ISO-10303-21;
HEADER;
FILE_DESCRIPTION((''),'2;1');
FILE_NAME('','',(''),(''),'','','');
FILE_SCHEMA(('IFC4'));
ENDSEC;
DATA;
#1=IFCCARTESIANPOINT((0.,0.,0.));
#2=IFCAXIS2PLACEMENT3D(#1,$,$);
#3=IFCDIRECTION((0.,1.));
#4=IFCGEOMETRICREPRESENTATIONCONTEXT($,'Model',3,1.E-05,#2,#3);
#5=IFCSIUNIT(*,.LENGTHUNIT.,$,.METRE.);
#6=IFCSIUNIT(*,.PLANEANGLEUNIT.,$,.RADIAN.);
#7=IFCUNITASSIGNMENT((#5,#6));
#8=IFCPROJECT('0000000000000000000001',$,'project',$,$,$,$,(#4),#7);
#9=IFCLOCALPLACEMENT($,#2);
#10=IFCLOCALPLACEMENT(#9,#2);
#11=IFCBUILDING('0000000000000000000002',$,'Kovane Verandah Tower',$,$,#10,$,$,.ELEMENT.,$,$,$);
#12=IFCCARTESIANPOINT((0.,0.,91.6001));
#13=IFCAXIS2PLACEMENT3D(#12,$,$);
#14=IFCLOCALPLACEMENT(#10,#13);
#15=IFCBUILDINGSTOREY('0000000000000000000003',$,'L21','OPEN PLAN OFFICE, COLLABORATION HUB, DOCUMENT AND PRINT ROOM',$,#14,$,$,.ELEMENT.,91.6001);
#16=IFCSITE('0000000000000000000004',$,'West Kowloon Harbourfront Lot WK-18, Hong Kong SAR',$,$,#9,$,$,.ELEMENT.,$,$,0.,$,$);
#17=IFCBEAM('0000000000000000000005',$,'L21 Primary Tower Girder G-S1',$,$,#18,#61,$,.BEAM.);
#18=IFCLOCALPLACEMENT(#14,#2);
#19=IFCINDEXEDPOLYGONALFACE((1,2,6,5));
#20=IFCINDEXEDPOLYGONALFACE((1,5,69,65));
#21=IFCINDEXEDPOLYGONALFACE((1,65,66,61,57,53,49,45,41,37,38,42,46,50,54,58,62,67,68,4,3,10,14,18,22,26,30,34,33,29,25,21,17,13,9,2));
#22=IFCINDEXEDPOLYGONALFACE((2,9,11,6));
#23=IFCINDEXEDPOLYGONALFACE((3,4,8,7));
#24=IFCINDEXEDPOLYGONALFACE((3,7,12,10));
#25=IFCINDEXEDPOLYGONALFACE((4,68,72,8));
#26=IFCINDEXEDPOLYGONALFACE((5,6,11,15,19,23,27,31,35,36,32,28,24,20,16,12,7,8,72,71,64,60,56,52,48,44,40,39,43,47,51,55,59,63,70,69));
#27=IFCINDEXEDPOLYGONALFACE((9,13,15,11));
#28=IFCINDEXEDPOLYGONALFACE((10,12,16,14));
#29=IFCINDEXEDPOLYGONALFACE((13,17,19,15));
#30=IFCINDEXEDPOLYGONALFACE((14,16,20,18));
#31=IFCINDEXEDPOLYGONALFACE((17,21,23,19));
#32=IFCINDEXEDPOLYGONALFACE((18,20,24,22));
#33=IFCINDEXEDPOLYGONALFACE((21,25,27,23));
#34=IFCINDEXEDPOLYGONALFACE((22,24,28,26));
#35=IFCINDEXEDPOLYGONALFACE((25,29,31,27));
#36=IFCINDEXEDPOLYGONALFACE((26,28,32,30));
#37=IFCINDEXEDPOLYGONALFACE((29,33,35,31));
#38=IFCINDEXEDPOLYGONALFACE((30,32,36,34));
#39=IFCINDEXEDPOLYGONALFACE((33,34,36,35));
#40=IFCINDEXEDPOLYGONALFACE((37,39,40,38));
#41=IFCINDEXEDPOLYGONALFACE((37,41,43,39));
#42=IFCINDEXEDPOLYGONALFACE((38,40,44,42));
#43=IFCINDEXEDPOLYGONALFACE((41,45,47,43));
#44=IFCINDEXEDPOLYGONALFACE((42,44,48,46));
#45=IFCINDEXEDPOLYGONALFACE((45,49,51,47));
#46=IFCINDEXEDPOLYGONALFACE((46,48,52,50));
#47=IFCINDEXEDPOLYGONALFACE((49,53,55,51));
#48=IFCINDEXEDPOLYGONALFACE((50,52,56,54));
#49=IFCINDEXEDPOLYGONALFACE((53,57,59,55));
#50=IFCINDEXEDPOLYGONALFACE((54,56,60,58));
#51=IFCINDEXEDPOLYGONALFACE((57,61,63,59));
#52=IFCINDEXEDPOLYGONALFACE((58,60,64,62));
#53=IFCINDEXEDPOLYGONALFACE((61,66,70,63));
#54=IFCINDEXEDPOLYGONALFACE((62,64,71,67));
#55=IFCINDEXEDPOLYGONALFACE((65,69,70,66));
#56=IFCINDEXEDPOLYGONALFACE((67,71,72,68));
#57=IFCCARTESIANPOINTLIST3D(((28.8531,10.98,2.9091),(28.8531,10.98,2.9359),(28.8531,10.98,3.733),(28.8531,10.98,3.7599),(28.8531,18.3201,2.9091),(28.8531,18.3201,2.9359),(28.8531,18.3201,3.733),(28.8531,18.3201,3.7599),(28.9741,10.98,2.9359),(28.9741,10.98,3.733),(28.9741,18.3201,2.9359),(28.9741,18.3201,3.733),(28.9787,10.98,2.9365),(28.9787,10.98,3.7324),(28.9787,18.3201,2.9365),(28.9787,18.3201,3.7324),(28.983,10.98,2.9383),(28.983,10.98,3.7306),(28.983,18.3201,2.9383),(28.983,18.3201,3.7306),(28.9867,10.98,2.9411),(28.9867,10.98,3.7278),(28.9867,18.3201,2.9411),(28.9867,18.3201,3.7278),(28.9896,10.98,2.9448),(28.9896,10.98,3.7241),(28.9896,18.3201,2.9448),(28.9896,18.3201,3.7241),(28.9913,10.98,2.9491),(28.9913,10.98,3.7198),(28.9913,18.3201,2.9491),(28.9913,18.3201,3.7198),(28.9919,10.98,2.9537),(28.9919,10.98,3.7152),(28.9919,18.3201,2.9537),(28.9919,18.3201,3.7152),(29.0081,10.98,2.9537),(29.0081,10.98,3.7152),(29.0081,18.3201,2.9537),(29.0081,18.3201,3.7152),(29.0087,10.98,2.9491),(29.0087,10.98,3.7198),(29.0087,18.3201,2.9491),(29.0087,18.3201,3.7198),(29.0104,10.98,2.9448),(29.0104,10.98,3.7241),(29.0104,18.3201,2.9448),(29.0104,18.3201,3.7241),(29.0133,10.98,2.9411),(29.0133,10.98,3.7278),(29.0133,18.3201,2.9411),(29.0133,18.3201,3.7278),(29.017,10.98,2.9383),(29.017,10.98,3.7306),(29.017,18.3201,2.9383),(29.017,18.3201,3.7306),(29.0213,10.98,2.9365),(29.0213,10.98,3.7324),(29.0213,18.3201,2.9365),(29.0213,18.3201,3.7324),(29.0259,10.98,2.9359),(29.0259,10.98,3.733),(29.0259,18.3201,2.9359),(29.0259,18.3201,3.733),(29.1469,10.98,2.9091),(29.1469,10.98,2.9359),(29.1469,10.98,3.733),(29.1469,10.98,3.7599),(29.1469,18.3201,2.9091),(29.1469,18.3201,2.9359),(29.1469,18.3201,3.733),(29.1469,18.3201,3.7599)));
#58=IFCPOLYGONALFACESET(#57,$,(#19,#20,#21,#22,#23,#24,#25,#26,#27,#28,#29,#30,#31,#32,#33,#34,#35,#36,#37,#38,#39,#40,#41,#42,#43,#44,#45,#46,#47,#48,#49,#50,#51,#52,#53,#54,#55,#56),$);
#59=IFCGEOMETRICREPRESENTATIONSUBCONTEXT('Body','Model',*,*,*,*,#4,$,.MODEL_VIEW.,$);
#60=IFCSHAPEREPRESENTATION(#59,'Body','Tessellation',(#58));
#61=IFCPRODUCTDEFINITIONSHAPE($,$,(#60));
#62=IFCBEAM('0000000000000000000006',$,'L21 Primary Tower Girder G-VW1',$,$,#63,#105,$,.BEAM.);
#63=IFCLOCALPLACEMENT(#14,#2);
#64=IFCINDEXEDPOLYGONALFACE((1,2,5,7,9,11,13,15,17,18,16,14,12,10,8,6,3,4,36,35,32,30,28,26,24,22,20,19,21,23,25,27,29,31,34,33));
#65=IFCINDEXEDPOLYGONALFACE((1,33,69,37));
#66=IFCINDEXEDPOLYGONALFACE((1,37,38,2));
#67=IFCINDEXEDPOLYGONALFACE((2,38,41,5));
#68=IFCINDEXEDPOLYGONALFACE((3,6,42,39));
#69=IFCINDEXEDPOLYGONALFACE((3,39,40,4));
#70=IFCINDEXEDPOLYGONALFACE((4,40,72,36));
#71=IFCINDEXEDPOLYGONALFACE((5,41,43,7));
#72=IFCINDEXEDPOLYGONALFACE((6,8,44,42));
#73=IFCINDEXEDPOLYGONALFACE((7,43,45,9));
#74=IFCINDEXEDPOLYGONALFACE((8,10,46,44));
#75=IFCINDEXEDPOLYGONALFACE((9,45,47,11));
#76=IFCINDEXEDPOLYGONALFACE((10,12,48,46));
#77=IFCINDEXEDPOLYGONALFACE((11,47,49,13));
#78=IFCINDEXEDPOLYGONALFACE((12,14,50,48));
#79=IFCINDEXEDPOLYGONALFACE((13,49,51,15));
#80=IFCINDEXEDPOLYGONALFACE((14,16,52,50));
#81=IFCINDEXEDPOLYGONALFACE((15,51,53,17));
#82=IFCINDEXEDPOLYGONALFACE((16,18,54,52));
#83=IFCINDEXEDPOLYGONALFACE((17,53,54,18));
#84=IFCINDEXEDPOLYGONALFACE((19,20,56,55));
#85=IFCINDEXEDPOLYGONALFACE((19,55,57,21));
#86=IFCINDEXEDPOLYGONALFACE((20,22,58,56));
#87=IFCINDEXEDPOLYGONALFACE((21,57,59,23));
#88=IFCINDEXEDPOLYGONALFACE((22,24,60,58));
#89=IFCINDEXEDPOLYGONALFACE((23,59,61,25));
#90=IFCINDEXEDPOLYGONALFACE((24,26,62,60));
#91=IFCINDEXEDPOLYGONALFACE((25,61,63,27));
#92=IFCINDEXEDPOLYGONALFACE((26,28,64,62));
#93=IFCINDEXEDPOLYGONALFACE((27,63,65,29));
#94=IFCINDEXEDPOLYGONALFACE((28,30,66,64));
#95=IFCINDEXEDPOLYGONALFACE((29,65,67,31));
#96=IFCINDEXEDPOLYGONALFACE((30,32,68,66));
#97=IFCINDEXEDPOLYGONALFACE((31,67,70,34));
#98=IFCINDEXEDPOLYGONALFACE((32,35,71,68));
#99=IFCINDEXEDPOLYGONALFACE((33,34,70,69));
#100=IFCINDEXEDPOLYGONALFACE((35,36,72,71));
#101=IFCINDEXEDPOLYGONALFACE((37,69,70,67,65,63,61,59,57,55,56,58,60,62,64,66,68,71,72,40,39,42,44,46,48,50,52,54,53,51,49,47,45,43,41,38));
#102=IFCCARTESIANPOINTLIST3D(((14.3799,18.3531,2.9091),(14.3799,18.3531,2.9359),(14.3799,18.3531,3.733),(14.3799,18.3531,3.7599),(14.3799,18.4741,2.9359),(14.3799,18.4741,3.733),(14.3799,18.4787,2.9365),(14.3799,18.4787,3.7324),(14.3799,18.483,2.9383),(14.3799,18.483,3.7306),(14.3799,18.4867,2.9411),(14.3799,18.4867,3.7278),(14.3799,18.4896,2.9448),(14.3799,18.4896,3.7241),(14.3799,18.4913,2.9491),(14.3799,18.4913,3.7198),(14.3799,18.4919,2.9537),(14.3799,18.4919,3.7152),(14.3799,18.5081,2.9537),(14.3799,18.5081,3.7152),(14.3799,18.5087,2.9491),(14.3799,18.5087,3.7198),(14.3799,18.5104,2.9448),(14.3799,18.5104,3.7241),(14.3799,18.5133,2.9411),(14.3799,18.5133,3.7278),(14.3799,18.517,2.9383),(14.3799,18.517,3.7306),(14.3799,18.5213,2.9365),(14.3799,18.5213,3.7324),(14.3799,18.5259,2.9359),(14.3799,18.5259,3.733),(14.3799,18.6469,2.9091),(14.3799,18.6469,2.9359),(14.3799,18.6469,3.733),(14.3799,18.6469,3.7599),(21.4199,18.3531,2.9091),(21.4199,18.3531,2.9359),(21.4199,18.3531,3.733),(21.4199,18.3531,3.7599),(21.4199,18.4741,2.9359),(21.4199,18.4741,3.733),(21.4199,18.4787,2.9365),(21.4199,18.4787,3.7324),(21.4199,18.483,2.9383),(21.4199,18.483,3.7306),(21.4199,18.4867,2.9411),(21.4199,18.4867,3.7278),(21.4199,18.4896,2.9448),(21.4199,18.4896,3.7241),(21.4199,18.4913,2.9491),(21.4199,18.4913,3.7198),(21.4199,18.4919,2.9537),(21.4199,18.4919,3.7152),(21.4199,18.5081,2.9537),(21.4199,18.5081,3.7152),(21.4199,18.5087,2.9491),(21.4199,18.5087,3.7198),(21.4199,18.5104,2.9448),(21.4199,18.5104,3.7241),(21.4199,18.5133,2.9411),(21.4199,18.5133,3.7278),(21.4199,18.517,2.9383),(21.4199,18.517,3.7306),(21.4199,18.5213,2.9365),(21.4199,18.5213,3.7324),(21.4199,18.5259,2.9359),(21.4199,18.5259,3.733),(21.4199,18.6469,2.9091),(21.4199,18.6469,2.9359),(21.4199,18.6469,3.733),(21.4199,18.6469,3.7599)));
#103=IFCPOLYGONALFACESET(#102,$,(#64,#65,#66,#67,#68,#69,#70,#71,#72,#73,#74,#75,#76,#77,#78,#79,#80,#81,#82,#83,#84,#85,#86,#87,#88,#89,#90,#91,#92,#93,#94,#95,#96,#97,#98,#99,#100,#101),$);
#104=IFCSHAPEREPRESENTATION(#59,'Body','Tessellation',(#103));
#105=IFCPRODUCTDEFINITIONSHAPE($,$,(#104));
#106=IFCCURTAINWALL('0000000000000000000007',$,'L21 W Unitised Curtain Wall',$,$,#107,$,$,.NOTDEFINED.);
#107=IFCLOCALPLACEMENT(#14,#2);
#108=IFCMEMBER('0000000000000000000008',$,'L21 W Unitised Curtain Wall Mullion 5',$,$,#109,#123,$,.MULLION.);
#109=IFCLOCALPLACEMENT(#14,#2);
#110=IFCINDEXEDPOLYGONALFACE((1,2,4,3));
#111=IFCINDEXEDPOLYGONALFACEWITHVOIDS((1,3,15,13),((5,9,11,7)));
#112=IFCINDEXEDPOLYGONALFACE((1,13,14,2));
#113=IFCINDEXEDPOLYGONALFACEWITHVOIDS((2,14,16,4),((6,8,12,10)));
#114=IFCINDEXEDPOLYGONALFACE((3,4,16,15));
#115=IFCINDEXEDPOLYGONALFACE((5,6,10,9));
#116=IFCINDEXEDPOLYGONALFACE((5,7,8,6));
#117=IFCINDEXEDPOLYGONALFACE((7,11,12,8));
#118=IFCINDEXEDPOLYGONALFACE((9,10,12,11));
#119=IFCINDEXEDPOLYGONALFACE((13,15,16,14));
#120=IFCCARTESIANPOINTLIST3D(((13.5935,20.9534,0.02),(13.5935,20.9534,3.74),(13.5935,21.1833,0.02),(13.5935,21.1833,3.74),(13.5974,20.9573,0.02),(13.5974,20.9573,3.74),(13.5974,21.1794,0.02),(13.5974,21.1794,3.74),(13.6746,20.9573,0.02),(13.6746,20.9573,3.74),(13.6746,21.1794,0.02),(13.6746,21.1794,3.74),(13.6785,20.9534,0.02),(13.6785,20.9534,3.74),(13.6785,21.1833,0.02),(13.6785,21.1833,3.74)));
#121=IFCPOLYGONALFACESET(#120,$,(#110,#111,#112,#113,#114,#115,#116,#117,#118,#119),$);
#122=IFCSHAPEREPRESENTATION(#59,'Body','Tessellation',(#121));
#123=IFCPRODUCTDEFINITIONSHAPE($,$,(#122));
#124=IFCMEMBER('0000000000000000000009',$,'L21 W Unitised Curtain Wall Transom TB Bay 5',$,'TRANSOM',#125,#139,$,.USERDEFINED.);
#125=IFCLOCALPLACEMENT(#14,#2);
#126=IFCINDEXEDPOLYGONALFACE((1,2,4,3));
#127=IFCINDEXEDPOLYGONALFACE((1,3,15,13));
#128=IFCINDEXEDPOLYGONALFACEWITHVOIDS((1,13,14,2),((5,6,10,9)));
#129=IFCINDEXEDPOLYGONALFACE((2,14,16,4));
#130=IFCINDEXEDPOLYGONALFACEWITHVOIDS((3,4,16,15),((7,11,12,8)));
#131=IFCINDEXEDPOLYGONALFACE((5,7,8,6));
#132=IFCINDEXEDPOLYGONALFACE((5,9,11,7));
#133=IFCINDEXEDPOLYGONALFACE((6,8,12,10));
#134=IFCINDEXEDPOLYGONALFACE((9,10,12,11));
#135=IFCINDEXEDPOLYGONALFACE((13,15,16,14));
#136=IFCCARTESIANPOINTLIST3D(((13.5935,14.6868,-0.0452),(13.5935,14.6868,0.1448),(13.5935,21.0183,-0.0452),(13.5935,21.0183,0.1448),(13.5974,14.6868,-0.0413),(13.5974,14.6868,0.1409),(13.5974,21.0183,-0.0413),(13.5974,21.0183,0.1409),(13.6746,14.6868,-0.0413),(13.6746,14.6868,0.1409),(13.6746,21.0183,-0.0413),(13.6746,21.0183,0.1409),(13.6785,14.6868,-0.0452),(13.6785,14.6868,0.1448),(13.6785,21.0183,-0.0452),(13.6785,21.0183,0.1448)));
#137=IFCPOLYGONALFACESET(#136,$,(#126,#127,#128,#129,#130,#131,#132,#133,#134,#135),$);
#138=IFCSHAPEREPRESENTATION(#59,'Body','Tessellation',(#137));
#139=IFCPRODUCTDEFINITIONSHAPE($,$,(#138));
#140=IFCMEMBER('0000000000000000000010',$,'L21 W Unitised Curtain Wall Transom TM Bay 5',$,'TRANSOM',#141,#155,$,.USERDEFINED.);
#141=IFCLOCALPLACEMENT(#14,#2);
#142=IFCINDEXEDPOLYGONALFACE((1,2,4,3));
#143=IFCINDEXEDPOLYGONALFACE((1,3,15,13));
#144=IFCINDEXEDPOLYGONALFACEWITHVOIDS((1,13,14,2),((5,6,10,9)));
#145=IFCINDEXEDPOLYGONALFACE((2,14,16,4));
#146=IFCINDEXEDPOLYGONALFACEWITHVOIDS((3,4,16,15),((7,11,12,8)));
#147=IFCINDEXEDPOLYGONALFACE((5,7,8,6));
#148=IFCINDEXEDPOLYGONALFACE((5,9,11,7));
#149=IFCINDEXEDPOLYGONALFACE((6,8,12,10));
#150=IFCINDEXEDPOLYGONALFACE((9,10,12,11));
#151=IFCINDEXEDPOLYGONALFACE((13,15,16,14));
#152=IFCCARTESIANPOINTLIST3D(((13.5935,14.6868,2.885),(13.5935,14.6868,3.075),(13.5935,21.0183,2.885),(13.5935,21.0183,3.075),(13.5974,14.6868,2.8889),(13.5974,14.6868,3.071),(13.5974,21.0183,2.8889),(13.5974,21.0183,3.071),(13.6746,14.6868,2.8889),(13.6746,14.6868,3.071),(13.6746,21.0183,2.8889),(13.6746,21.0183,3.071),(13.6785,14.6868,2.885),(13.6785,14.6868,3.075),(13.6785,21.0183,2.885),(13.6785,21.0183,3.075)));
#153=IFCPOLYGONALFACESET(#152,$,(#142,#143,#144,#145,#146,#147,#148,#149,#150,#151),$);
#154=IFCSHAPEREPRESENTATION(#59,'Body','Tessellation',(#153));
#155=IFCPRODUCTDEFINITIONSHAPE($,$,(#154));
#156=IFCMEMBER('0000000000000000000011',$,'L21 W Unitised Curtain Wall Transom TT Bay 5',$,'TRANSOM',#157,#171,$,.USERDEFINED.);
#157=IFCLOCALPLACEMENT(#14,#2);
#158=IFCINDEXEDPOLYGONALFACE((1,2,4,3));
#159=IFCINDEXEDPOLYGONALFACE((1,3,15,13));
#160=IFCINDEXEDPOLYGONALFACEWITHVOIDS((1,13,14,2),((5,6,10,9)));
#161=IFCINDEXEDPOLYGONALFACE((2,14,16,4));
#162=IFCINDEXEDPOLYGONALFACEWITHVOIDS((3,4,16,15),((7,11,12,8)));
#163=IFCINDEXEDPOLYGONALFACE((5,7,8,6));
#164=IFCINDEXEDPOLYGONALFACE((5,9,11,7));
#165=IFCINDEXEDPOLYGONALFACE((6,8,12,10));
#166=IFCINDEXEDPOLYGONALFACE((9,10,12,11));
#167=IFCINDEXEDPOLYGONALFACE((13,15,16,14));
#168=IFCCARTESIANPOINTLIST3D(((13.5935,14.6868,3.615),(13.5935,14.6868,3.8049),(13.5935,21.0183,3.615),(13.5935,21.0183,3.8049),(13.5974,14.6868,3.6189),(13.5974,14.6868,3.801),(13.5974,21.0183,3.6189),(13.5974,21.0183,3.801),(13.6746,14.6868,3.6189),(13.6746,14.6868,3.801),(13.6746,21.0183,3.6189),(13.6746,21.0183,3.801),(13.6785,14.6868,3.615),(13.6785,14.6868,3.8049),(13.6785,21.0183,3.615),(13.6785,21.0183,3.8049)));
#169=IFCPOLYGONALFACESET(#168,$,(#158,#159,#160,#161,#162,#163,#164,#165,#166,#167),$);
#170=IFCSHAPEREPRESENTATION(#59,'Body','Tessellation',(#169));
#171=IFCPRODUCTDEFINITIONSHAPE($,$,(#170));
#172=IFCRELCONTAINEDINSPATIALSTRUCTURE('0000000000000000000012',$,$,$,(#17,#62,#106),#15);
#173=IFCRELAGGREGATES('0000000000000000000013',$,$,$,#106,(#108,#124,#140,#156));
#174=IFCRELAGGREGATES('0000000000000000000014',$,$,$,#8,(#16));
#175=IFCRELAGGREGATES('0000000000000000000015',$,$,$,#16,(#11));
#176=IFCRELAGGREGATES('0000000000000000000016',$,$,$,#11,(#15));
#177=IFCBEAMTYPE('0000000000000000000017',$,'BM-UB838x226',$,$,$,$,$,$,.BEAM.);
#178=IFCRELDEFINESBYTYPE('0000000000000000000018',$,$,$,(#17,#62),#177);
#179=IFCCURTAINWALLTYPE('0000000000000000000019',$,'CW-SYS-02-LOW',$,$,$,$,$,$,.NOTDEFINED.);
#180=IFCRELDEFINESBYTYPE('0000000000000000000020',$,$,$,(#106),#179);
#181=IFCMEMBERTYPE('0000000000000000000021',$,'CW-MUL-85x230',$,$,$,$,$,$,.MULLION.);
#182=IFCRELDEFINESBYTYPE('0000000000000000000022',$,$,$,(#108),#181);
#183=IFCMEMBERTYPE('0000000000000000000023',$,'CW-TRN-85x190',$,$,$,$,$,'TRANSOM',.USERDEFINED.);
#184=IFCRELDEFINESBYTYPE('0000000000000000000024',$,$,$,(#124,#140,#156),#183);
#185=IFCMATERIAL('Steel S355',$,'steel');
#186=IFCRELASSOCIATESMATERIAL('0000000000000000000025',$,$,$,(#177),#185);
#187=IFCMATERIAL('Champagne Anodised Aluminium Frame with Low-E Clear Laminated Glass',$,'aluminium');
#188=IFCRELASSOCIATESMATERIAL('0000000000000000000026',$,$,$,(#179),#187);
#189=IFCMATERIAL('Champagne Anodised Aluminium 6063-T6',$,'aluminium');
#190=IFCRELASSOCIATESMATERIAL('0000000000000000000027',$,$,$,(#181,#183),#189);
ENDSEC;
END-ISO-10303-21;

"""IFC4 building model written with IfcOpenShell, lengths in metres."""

from ifc_helpers import new_model, si_unit, direction, frame, origin, origin_2d, place, context, subcontext, project, spatial, hollow_rectangle, i_section, extrude, material, material_profile, profile_set, type_object, element, aggregate, save


model = new_model("IFC4")

# Units and contexts
model_context = context("Model", 3, precision=1e-05, world=origin(), true_north=direction((0.0, 1.0)))
body_context = subcontext(model_context, "Body", "Model", "MODEL_VIEW")
ifc_project = project(units=[si_unit("LENGTHUNIT", "METRE"), si_unit("PLANEANGLEUNIT", "RADIAN")], contexts=[model_context])

# Site, building, storey
site_placement = place(None, origin())
site = spatial("IfcSite", under=ifc_project, at=site_placement, Name="West Kowloon Harbourfront Lot WK-18, Hong Kong SAR", CompositionType="ELEMENT", RefElevation=0.0)
building_placement = place(site_placement, origin())
building = spatial("IfcBuilding", under=site, at=building_placement, Name="Kovane Verandah Tower", CompositionType="ELEMENT")
storey_placement = place(building_placement, frame((0.0, 0.0, 91.6001)))
storey = spatial("IfcBuildingStorey", under=building, at=storey_placement, Name="L21", Description="OPEN PLAN OFFICE, COLLABORATION HUB, DOCUMENT AND PRINT ROOM", CompositionType="ELEMENT", Elevation=91.6001)

# Beams
ifc_material_1 = material(Name="Steel S355", Category="steel")
ifc_material_profile_1 = material_profile(ifc_material_1, i_section(OverallWidth=0.2937, OverallDepth=0.8508, WebThickness=0.0161, FlangeThickness=0.0269, FilletRadius=0.0178, at=origin_2d()), Name="UB838x292x226")
ifc_profile_set_1 = profile_set([ifc_material_profile_1], Name="Steel S355")
beam_type_1 = type_object("IfcBeamType", Name="BM-UB838x226", PredefinedType="BEAM", material=ifc_profile_set_1)
beam_1_placement = place(storey_placement, frame((29.0, 18.3201, 3.3345), z_axis=(0.0, -1.0, 0.0), x_axis=(1.0, 0.0, 0.0)))
element("IfcBeam", 1, at=beam_1_placement, inside=storey, type_object=beam_type_1, Name="L21 Primary Tower Girder G-S1", PredefinedType="BEAM", context=body_context, shape_type="SweptSolid", body=[
    extrude(i_section(OverallWidth=0.2937, OverallDepth=0.8508, WebThickness=0.0161, FlangeThickness=0.0269, FilletRadius=0.0178, at=origin_2d()), origin(), (0.0, 0.0, 1.0), 7.3401),
])
beam_2_placement = place(storey_placement, frame((21.4199, 18.5, 3.3345), z_axis=(-1.0, 0.0, 0.0), x_axis=(0.0, -1.0, 0.0)))
element("IfcBeam", 2, at=beam_2_placement, inside=storey, type_object=beam_type_1, Name="L21 Primary Tower Girder G-VW1", PredefinedType="BEAM", context=body_context, shape_type="SweptSolid", body=[
    extrude(i_section(OverallWidth=0.2937, OverallDepth=0.8508, WebThickness=0.0161, FlangeThickness=0.0269, FilletRadius=0.0178, at=origin_2d()), origin(), (0.0, 0.0, 1.0), 7.04),
])

# Curtain wall, members
ifc_material_2 = material(Name="Champagne Anodised Aluminium Frame with Low-E Clear Laminated Glass", Category="aluminium")
curtain_wall_type = type_object("IfcCurtainWallType", Name="CW-SYS-02-LOW", PredefinedType="NOTDEFINED", material=ifc_material_2)
curtain_wall_placement = place(storey_placement, origin())
curtain_wall = element("IfcCurtainWall", 3, at=curtain_wall_placement, inside=storey, type_object=curtain_wall_type, Name="L21 W Unitised Curtain Wall", PredefinedType="NOTDEFINED")
ifc_material_3 = material(Name="Champagne Anodised Aluminium 6063-T6", Category="aluminium")
ifc_material_profile_2 = material_profile(ifc_material_3, hollow_rectangle(XDim=0.085, YDim=0.23, WallThickness=0.0039, at=origin_2d()), Name="AL85x230x4")
ifc_profile_set_2 = profile_set([ifc_material_profile_2], Name="Champagne Anodised Aluminium 6063-T6")
member_type_1 = type_object("IfcMemberType", Name="CW-MUL-85x230", PredefinedType="MULLION", material=ifc_profile_set_2)
member_1_placement = place(storey_placement, frame((13.636, 21.0684, 0.02), z_axis=(0.0, 0.0, 1.0), x_axis=(-1.0, 0.0, 0.0)))
member_1 = element("IfcMember", 4, at=member_1_placement, type_object=member_type_1, Name="L21 W Unitised Curtain Wall Mullion 5", PredefinedType="MULLION", context=body_context, shape_type="SweptSolid", body=[
    extrude(hollow_rectangle(XDim=0.085, YDim=0.23, WallThickness=0.0039, at=origin_2d()), origin(), (0.0, 0.0, 1.0), 3.72),
])
ifc_material_profile_3 = material_profile(ifc_material_3, hollow_rectangle(XDim=0.085, YDim=0.1899, WallThickness=0.0039, at=origin_2d()), Name="AL85x190x4")
ifc_profile_set_3 = profile_set([ifc_material_profile_3], Name="Champagne Anodised Aluminium 6063-T6")
member_type_2 = type_object("IfcMemberType", Name="CW-TRN-85x190", ElementType="TRANSOM", PredefinedType="USERDEFINED", material=ifc_profile_set_3)
member_2_placement = place(storey_placement, frame((13.636, 21.0183, 0.0498), z_axis=(0.0, -1.0, 0.0), x_axis=(1.0, 0.0, 0.0)))
member_2 = element("IfcMember", 5, at=member_2_placement, type_object=member_type_2, Name="L21 W Unitised Curtain Wall Transom TB Bay 5", ObjectType="TRANSOM", PredefinedType="USERDEFINED", context=body_context, shape_type="SweptSolid", body=[
    extrude(hollow_rectangle(XDim=0.085, YDim=0.1899, WallThickness=0.0039, at=origin_2d()), origin(), (0.0, 0.0, 1.0), 6.3315),
])
member_3_placement = place(storey_placement, frame((13.636, 21.0183, 2.98), z_axis=(0.0, -1.0, 0.0), x_axis=(1.0, 0.0, 0.0)))
member_3 = element("IfcMember", 6, at=member_3_placement, type_object=member_type_2, Name="L21 W Unitised Curtain Wall Transom TM Bay 5", ObjectType="TRANSOM", PredefinedType="USERDEFINED", context=body_context, shape_type="SweptSolid", body=[
    extrude(hollow_rectangle(XDim=0.085, YDim=0.1899, WallThickness=0.0039, at=origin_2d()), origin(), (0.0, 0.0, 1.0), 6.3315),
])
member_4_placement = place(storey_placement, frame((13.636, 21.0183, 3.71), z_axis=(0.0, -1.0, 0.0), x_axis=(1.0, 0.0, 0.0)))
member_4 = element("IfcMember", 7, at=member_4_placement, type_object=member_type_2, Name="L21 W Unitised Curtain Wall Transom TT Bay 5", ObjectType="TRANSOM", PredefinedType="USERDEFINED", context=body_context, shape_type="SweptSolid", body=[
    extrude(hollow_rectangle(XDim=0.085, YDim=0.1899, WallThickness=0.0039, at=origin_2d()), origin(), (0.0, 0.0, 1.0), 6.3315),
])

aggregate(curtain_wall, [member_1, member_2, member_3, member_4])

save(model, "model.ifc")
